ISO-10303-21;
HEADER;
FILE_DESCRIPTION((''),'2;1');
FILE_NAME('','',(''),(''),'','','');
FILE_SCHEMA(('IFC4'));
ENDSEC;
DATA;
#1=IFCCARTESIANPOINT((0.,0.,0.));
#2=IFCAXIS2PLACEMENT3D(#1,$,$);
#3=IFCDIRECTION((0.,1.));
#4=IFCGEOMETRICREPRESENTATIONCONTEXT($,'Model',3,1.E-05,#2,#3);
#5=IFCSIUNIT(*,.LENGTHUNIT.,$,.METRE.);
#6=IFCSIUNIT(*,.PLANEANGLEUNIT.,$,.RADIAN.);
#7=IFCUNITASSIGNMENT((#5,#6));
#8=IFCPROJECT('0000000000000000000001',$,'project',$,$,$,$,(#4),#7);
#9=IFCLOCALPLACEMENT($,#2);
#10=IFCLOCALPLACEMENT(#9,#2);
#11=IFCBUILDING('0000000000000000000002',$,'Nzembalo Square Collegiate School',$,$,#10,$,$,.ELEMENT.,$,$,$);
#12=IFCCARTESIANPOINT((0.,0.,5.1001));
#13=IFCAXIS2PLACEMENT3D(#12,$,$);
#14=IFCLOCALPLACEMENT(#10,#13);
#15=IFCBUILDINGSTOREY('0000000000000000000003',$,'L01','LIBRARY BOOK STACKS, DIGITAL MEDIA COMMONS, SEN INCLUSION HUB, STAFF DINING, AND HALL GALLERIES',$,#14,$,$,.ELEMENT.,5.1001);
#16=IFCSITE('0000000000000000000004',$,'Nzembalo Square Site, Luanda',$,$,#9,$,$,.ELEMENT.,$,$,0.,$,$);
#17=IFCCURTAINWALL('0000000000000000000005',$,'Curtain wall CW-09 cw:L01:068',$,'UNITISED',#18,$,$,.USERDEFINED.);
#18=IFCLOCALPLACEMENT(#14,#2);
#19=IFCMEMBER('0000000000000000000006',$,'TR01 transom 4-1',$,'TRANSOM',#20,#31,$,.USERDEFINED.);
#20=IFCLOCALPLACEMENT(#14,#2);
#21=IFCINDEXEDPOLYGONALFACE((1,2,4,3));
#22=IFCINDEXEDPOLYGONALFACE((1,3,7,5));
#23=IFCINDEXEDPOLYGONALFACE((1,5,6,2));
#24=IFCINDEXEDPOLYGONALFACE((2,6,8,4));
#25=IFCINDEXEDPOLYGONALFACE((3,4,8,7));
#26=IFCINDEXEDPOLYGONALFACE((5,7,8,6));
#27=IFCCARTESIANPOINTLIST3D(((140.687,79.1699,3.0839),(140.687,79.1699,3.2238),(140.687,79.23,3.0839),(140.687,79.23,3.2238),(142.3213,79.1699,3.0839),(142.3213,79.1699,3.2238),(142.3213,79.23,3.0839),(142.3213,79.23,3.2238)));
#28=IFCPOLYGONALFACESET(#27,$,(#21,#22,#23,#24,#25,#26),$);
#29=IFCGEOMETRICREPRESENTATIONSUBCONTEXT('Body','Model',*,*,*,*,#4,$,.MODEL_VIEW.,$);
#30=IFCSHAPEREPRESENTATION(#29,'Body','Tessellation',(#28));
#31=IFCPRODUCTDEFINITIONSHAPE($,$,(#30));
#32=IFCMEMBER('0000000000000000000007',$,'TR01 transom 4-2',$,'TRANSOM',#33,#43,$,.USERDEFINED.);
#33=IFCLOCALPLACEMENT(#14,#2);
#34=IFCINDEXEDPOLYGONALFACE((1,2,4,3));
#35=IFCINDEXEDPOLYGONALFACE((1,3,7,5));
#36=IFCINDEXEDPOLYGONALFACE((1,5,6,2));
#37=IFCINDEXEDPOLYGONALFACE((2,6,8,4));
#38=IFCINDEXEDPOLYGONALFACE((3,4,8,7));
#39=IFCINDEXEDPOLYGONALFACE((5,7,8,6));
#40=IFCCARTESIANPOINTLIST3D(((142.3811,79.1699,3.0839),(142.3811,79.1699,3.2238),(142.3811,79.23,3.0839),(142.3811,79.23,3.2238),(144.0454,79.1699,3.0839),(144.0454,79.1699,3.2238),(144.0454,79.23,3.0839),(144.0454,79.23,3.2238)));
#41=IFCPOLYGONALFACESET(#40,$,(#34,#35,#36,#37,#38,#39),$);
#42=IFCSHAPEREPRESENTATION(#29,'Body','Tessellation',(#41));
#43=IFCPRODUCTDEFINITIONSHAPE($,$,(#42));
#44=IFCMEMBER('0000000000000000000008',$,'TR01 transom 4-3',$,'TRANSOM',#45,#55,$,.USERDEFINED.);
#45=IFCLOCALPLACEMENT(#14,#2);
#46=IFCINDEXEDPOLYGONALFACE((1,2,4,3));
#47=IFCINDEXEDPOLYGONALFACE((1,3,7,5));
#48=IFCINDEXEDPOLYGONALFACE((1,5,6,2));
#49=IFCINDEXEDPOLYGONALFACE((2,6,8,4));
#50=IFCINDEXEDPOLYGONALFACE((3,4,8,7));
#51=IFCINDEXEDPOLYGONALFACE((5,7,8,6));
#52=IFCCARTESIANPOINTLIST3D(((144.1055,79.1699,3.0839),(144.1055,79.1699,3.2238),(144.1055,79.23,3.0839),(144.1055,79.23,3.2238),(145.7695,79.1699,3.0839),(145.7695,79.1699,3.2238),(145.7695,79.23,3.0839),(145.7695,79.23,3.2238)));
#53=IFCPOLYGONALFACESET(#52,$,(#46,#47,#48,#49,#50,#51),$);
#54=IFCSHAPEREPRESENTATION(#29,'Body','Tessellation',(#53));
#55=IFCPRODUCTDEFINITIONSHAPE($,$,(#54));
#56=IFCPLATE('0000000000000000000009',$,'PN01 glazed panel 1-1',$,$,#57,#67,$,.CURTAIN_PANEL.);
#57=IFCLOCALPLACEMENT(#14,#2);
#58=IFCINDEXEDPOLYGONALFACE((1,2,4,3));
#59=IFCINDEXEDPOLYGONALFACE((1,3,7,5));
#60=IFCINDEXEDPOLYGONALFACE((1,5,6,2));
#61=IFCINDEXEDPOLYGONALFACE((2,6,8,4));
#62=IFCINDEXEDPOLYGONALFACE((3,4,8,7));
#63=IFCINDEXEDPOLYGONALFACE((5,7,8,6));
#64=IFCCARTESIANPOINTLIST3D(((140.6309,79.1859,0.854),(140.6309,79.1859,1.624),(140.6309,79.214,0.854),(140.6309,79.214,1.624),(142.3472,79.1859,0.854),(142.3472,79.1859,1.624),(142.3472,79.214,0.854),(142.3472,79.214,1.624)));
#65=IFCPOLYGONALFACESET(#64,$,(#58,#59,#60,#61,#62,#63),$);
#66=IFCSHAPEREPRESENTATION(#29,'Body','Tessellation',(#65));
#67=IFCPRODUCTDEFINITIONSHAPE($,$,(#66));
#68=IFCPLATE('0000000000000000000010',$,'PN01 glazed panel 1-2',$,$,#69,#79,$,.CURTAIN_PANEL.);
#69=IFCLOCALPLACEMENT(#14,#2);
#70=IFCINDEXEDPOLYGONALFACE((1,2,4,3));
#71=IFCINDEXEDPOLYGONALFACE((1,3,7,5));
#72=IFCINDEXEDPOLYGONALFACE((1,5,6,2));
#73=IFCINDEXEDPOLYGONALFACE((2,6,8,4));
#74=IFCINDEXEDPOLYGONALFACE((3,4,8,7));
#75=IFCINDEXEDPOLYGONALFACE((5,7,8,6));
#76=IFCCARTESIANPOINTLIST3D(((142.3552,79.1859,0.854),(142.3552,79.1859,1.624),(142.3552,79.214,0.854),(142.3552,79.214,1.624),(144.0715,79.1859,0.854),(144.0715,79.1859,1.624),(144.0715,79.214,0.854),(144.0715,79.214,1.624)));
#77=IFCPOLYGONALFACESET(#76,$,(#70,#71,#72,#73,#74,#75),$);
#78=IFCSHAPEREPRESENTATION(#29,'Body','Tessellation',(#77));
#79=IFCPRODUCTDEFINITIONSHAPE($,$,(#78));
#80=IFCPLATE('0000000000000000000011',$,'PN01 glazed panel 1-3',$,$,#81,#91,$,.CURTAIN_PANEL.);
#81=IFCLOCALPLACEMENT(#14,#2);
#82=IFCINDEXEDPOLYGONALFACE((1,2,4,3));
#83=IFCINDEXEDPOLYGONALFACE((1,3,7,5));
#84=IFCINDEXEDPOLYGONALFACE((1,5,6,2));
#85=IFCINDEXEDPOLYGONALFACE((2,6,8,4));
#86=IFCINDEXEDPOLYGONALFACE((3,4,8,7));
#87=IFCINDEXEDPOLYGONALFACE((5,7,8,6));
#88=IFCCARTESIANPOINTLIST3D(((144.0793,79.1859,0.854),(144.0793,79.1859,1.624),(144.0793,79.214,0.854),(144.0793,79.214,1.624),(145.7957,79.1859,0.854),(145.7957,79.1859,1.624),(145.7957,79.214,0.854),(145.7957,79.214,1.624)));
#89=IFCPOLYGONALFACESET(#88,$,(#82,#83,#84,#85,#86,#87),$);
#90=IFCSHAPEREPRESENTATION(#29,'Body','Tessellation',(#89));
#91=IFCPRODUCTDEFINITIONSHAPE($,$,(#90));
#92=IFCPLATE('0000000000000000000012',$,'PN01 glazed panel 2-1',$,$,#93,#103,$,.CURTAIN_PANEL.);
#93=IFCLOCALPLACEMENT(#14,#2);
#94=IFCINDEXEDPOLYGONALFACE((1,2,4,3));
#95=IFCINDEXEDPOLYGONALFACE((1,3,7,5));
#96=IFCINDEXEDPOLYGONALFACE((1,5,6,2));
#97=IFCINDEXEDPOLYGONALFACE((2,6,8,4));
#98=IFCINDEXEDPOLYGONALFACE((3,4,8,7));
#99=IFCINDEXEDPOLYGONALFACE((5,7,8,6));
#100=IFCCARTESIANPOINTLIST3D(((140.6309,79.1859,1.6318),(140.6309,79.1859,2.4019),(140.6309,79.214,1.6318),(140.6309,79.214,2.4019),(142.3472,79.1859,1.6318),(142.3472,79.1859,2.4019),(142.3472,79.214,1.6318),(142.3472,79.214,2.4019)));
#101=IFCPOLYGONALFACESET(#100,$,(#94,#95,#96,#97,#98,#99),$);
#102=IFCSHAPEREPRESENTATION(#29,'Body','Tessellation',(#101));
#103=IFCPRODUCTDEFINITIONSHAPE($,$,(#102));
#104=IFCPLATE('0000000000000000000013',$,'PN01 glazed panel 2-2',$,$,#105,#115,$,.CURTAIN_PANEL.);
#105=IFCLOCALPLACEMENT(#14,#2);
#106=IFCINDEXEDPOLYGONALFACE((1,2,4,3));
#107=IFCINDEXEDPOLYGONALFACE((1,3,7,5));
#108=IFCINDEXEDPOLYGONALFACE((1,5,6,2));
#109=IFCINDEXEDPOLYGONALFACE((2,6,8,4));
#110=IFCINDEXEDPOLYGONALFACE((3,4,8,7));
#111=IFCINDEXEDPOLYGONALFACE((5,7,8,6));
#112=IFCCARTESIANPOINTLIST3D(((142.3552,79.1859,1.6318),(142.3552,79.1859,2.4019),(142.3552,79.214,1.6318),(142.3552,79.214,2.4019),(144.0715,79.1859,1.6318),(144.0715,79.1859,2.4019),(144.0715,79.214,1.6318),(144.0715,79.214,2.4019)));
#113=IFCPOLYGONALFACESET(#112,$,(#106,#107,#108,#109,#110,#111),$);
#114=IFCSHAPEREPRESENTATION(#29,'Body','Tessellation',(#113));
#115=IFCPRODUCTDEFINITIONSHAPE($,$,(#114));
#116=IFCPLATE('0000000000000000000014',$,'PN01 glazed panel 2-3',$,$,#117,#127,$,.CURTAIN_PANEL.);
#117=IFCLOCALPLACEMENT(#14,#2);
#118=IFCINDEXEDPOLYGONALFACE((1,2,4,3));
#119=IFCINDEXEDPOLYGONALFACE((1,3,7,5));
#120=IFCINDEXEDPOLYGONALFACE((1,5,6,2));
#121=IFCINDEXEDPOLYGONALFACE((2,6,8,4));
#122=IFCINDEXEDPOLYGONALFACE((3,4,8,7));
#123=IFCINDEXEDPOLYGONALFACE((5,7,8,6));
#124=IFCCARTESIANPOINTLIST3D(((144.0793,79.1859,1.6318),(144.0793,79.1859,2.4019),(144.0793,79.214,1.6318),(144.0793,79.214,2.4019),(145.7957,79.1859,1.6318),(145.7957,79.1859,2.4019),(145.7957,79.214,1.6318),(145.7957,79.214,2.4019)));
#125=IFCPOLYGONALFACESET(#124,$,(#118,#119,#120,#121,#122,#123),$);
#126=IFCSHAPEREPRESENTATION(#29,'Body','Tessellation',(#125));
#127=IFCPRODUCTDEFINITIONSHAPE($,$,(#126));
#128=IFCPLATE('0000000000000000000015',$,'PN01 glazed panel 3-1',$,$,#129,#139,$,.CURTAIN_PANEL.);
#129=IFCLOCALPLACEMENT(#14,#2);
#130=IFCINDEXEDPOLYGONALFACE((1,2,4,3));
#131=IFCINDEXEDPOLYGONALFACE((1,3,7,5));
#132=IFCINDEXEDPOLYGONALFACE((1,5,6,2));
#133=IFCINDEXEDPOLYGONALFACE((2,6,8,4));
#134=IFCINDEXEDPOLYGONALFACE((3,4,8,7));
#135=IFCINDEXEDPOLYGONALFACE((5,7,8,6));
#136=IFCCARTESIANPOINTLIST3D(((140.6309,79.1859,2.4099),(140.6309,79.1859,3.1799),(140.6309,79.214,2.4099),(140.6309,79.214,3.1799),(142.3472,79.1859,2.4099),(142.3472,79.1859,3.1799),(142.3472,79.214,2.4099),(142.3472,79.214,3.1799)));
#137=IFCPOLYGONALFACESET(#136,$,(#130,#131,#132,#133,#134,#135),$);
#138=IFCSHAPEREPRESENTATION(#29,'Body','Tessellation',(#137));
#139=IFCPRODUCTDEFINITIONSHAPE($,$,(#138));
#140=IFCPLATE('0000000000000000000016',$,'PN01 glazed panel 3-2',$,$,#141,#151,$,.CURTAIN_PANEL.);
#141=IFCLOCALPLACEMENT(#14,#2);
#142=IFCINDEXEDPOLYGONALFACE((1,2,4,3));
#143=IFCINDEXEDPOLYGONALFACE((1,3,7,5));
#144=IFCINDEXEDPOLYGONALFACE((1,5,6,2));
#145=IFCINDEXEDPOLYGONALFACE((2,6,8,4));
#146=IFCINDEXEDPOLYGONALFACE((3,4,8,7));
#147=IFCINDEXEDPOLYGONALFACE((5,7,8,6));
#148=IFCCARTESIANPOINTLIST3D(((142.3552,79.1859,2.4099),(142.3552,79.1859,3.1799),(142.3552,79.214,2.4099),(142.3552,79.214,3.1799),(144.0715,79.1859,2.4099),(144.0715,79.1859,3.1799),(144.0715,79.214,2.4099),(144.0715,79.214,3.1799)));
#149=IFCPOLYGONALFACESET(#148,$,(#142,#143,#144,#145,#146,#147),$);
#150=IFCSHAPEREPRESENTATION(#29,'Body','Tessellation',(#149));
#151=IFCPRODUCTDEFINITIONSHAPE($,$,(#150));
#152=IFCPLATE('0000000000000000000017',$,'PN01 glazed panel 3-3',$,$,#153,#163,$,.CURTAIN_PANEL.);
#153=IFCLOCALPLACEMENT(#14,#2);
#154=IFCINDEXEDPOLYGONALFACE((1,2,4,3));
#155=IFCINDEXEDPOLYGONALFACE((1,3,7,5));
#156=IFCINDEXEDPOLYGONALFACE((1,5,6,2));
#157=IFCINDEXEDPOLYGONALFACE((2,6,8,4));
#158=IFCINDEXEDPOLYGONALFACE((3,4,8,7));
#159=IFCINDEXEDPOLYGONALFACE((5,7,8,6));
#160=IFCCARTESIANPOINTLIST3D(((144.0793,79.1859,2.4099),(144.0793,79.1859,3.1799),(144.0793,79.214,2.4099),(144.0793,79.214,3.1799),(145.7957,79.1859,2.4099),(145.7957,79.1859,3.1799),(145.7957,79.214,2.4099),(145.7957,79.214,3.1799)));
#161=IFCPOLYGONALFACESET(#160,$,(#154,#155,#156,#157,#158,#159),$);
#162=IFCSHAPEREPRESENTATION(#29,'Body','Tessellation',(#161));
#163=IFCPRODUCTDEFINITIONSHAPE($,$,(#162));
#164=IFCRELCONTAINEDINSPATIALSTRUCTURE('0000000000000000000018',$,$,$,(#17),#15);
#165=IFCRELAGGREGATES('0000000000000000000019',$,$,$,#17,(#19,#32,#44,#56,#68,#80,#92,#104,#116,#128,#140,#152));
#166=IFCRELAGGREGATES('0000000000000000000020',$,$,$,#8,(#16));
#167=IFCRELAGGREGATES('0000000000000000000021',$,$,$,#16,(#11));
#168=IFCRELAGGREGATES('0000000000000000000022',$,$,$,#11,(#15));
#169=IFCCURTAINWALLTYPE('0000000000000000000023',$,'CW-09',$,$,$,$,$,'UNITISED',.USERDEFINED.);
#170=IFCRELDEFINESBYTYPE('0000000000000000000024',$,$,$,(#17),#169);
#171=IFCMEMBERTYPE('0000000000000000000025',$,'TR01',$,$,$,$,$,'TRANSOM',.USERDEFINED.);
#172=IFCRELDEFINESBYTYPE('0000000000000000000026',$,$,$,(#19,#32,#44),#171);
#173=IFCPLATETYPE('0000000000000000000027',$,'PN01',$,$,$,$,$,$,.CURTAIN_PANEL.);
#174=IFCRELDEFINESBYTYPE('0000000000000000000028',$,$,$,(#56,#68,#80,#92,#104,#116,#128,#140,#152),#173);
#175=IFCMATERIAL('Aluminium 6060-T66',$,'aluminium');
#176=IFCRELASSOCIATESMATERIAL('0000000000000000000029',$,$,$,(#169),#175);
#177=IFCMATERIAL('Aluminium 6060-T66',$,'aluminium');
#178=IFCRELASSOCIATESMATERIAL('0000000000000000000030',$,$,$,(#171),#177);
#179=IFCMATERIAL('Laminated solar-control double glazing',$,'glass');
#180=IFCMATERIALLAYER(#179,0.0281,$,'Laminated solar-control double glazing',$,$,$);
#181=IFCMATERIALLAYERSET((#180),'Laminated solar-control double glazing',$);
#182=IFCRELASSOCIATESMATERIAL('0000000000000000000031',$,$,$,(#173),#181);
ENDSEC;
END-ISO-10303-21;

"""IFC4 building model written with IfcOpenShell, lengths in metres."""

from ifc_helpers import new_model, si_unit, direction, frame, origin, origin_2d, place, context, subcontext, project, spatial, rectangle, extrude, material, layer, layer_set, material_profile, profile_set, type_object, element, aggregate, save


model = new_model("IFC4")

# Units and contexts
model_context = context("Model", 3, precision=1e-05, world=origin(), true_north=direction((0.0, 1.0)))
body_context = subcontext(model_context, "Body", "Model", "MODEL_VIEW")
ifc_project = project(units=[si_unit("LENGTHUNIT", "METRE"), si_unit("PLANEANGLEUNIT", "RADIAN")], contexts=[model_context])

# Site, building, storey
site_placement = place(None, origin())
site = spatial("IfcSite", under=ifc_project, at=site_placement, Name="Nzembalo Square Site, Luanda", CompositionType="ELEMENT", RefElevation=0.0)
building_placement = place(site_placement, origin())
building = spatial("IfcBuilding", under=site, at=building_placement, Name="Nzembalo Square Collegiate School", CompositionType="ELEMENT")
storey_placement = place(building_placement, frame((0.0, 0.0, 5.1001)))
storey = spatial("IfcBuildingStorey", under=building, at=storey_placement, Name="L01", Description="LIBRARY BOOK STACKS, DIGITAL MEDIA COMMONS, SEN INCLUSION HUB, STAFF DINING, AND HALL GALLERIES", CompositionType="ELEMENT", Elevation=5.1001)

# Curtain wall, members, plates
ifc_material_1 = material(Name="Aluminium 6060-T66", Category="aluminium")
curtain_wall_type = type_object("IfcCurtainWallType", Name="CW-09", ElementType="UNITISED", PredefinedType="USERDEFINED", material=ifc_material_1)
curtain_wall_placement = place(storey_placement, origin())
curtain_wall = element("IfcCurtainWall", 1, at=curtain_wall_placement, inside=storey, type_object=curtain_wall_type, Name="Curtain wall CW-09 cw:L01:068", ObjectType="UNITISED", PredefinedType="USERDEFINED")
ifc_material_2 = material(Name="Aluminium 6060-T66", Category="aluminium")
ifc_material_profile_1 = material_profile(ifc_material_2, rectangle(XDim=0.0601, YDim=0.1399, at=origin_2d()), Name="ALU T60x140")
ifc_profile_set_1 = profile_set([ifc_material_profile_1], Name="Aluminium 6060-T66")
member_type_1 = type_object("IfcMemberType", Name="TR01", ElementType="TRANSOM", PredefinedType="USERDEFINED", material=ifc_profile_set_1)
member_1_placement = place(storey_placement, frame((140.687, 79.2, 3.1538), z_axis=(1.0, 0.0, 0.0), x_axis=(0.0, 1.0, 0.0)))
member_1 = element("IfcMember", 2, at=member_1_placement, type_object=member_type_1, Name="TR01 transom 4-1", ObjectType="TRANSOM", PredefinedType="USERDEFINED", context=body_context, shape_type="SweptSolid", body=[
    extrude(rectangle(XDim=0.0601, YDim=0.1399, at=origin_2d()), origin(), (0.0, 0.0, 1.0), 1.6343),
])
member_2_placement = place(storey_placement, frame((142.3811, 79.2, 3.1538), z_axis=(1.0, 0.0, 0.0), x_axis=(0.0, 1.0, 0.0)))
member_2 = element("IfcMember", 3, at=member_2_placement, type_object=member_type_1, Name="TR01 transom 4-2", ObjectType="TRANSOM", PredefinedType="USERDEFINED", context=body_context, shape_type="SweptSolid", body=[
    extrude(rectangle(XDim=0.0601, YDim=0.1399, at=origin_2d()), origin(), (0.0, 0.0, 1.0), 1.6643),
])
member_3_placement = place(storey_placement, frame((144.1055, 79.2, 3.1538), z_axis=(1.0, 0.0, 0.0), x_axis=(0.0, 1.0, 0.0)))
member_3 = element("IfcMember", 4, at=member_3_placement, type_object=member_type_1, Name="TR01 transom 4-3", ObjectType="TRANSOM", PredefinedType="USERDEFINED", context=body_context, shape_type="SweptSolid", body=[
    extrude(rectangle(XDim=0.0601, YDim=0.1399, at=origin_2d()), origin(), (0.0, 0.0, 1.0), 1.6641),
])
ifc_material_3 = material(Name="Laminated solar-control double glazing", Category="glass")
ifc_layer_1 = layer(ifc_material_3, 0.0281, Name="Laminated solar-control double glazing")
ifc_layer_set_1 = layer_set([ifc_layer_1], Name="Laminated solar-control double glazing")
plate_type = type_object("IfcPlateType", Name="PN01", PredefinedType="CURTAIN_PANEL", material=ifc_layer_set_1)
plate_1_placement = place(storey_placement, frame((141.489, 79.2, 0.854), z_axis=(0.0, 0.0, 1.0), x_axis=(1.0, 0.0, 0.0)))
plate_1 = element("IfcPlate", 5, at=plate_1_placement, type_object=plate_type, Name="PN01 glazed panel 1-1", PredefinedType="CURTAIN_PANEL", context=body_context, shape_type="SweptSolid", body=[
    extrude(rectangle(XDim=1.7163, YDim=0.0281, at=origin_2d()), origin(), (0.0, 0.0, 1.0), 0.77),
])
plate_2_placement = place(storey_placement, frame((143.2134, 79.2, 0.854), z_axis=(0.0, 0.0, 1.0), x_axis=(1.0, 0.0, 0.0)))
plate_2 = element("IfcPlate", 6, at=plate_2_placement, type_object=plate_type, Name="PN01 glazed panel 1-2", PredefinedType="CURTAIN_PANEL", context=body_context, shape_type="SweptSolid", body=[
    extrude(rectangle(XDim=1.7163, YDim=0.0281, at=origin_2d()), origin(), (0.0, 0.0, 1.0), 0.77),
])
plate_3_placement = place(storey_placement, frame((144.9375, 79.2, 0.854), z_axis=(0.0, 0.0, 1.0), x_axis=(1.0, 0.0, 0.0)))
plate_3 = element("IfcPlate", 7, at=plate_3_placement, type_object=plate_type, Name="PN01 glazed panel 1-3", PredefinedType="CURTAIN_PANEL", context=body_context, shape_type="SweptSolid", body=[
    extrude(rectangle(XDim=1.7163, YDim=0.0281, at=origin_2d()), origin(), (0.0, 0.0, 1.0), 0.77),
])
plate_4_placement = place(storey_placement, frame((141.489, 79.2, 1.6318), z_axis=(0.0, 0.0, 1.0), x_axis=(1.0, 0.0, 0.0)))
plate_4 = element("IfcPlate", 8, at=plate_4_placement, type_object=plate_type, Name="PN01 glazed panel 2-1", PredefinedType="CURTAIN_PANEL", context=body_context, shape_type="SweptSolid", body=[
    extrude(rectangle(XDim=1.7163, YDim=0.0281, at=origin_2d()), origin(), (0.0, 0.0, 1.0), 0.77),
])
plate_5_placement = place(storey_placement, frame((143.2134, 79.2, 1.6318), z_axis=(0.0, 0.0, 1.0), x_axis=(1.0, 0.0, 0.0)))
plate_5 = element("IfcPlate", 9, at=plate_5_placement, type_object=plate_type, Name="PN01 glazed panel 2-2", PredefinedType="CURTAIN_PANEL", context=body_context, shape_type="SweptSolid", body=[
    extrude(rectangle(XDim=1.7163, YDim=0.0281, at=origin_2d()), origin(), (0.0, 0.0, 1.0), 0.77),
])
plate_6_placement = place(storey_placement, frame((144.9375, 79.2, 1.6318), z_axis=(0.0, 0.0, 1.0), x_axis=(1.0, 0.0, 0.0)))
plate_6 = element("IfcPlate", 10, at=plate_6_placement, type_object=plate_type, Name="PN01 glazed panel 2-3", PredefinedType="CURTAIN_PANEL", context=body_context, shape_type="SweptSolid", body=[
    extrude(rectangle(XDim=1.7163, YDim=0.0281, at=origin_2d()), origin(), (0.0, 0.0, 1.0), 0.77),
])
plate_7_placement = place(storey_placement, frame((141.489, 79.2, 2.4099), z_axis=(0.0, 0.0, 1.0), x_axis=(1.0, 0.0, 0.0)))
plate_7 = element("IfcPlate", 11, at=plate_7_placement, type_object=plate_type, Name="PN01 glazed panel 3-1", PredefinedType="CURTAIN_PANEL", context=body_context, shape_type="SweptSolid", body=[
    extrude(rectangle(XDim=1.7163, YDim=0.0281, at=origin_2d()), origin(), (0.0, 0.0, 1.0), 0.77),
])
plate_8_placement = place(storey_placement, frame((143.2134, 79.2, 2.4099), z_axis=(0.0, 0.0, 1.0), x_axis=(1.0, 0.0, 0.0)))
plate_8 = element("IfcPlate", 12, at=plate_8_placement, type_object=plate_type, Name="PN01 glazed panel 3-2", PredefinedType="CURTAIN_PANEL", context=body_context, shape_type="SweptSolid", body=[
    extrude(rectangle(XDim=1.7163, YDim=0.0281, at=origin_2d()), origin(), (0.0, 0.0, 1.0), 0.77),
])
plate_9_placement = place(storey_placement, frame((144.9375, 79.2, 2.4099), z_axis=(0.0, 0.0, 1.0), x_axis=(1.0, 0.0, 0.0)))
plate_9 = element("IfcPlate", 13, at=plate_9_placement, type_object=plate_type, Name="PN01 glazed panel 3-3", PredefinedType="CURTAIN_PANEL", context=body_context, shape_type="SweptSolid", body=[
    extrude(rectangle(XDim=1.7163, YDim=0.0281, at=origin_2d()), origin(), (0.0, 0.0, 1.0), 0.77),
])
aggregate(curtain_wall, [member_1, member_2, member_3, plate_1, plate_2, plate_3, plate_4, plate_5, plate_6, plate_7, plate_8, plate_9])

save(model, "model.ifc")
